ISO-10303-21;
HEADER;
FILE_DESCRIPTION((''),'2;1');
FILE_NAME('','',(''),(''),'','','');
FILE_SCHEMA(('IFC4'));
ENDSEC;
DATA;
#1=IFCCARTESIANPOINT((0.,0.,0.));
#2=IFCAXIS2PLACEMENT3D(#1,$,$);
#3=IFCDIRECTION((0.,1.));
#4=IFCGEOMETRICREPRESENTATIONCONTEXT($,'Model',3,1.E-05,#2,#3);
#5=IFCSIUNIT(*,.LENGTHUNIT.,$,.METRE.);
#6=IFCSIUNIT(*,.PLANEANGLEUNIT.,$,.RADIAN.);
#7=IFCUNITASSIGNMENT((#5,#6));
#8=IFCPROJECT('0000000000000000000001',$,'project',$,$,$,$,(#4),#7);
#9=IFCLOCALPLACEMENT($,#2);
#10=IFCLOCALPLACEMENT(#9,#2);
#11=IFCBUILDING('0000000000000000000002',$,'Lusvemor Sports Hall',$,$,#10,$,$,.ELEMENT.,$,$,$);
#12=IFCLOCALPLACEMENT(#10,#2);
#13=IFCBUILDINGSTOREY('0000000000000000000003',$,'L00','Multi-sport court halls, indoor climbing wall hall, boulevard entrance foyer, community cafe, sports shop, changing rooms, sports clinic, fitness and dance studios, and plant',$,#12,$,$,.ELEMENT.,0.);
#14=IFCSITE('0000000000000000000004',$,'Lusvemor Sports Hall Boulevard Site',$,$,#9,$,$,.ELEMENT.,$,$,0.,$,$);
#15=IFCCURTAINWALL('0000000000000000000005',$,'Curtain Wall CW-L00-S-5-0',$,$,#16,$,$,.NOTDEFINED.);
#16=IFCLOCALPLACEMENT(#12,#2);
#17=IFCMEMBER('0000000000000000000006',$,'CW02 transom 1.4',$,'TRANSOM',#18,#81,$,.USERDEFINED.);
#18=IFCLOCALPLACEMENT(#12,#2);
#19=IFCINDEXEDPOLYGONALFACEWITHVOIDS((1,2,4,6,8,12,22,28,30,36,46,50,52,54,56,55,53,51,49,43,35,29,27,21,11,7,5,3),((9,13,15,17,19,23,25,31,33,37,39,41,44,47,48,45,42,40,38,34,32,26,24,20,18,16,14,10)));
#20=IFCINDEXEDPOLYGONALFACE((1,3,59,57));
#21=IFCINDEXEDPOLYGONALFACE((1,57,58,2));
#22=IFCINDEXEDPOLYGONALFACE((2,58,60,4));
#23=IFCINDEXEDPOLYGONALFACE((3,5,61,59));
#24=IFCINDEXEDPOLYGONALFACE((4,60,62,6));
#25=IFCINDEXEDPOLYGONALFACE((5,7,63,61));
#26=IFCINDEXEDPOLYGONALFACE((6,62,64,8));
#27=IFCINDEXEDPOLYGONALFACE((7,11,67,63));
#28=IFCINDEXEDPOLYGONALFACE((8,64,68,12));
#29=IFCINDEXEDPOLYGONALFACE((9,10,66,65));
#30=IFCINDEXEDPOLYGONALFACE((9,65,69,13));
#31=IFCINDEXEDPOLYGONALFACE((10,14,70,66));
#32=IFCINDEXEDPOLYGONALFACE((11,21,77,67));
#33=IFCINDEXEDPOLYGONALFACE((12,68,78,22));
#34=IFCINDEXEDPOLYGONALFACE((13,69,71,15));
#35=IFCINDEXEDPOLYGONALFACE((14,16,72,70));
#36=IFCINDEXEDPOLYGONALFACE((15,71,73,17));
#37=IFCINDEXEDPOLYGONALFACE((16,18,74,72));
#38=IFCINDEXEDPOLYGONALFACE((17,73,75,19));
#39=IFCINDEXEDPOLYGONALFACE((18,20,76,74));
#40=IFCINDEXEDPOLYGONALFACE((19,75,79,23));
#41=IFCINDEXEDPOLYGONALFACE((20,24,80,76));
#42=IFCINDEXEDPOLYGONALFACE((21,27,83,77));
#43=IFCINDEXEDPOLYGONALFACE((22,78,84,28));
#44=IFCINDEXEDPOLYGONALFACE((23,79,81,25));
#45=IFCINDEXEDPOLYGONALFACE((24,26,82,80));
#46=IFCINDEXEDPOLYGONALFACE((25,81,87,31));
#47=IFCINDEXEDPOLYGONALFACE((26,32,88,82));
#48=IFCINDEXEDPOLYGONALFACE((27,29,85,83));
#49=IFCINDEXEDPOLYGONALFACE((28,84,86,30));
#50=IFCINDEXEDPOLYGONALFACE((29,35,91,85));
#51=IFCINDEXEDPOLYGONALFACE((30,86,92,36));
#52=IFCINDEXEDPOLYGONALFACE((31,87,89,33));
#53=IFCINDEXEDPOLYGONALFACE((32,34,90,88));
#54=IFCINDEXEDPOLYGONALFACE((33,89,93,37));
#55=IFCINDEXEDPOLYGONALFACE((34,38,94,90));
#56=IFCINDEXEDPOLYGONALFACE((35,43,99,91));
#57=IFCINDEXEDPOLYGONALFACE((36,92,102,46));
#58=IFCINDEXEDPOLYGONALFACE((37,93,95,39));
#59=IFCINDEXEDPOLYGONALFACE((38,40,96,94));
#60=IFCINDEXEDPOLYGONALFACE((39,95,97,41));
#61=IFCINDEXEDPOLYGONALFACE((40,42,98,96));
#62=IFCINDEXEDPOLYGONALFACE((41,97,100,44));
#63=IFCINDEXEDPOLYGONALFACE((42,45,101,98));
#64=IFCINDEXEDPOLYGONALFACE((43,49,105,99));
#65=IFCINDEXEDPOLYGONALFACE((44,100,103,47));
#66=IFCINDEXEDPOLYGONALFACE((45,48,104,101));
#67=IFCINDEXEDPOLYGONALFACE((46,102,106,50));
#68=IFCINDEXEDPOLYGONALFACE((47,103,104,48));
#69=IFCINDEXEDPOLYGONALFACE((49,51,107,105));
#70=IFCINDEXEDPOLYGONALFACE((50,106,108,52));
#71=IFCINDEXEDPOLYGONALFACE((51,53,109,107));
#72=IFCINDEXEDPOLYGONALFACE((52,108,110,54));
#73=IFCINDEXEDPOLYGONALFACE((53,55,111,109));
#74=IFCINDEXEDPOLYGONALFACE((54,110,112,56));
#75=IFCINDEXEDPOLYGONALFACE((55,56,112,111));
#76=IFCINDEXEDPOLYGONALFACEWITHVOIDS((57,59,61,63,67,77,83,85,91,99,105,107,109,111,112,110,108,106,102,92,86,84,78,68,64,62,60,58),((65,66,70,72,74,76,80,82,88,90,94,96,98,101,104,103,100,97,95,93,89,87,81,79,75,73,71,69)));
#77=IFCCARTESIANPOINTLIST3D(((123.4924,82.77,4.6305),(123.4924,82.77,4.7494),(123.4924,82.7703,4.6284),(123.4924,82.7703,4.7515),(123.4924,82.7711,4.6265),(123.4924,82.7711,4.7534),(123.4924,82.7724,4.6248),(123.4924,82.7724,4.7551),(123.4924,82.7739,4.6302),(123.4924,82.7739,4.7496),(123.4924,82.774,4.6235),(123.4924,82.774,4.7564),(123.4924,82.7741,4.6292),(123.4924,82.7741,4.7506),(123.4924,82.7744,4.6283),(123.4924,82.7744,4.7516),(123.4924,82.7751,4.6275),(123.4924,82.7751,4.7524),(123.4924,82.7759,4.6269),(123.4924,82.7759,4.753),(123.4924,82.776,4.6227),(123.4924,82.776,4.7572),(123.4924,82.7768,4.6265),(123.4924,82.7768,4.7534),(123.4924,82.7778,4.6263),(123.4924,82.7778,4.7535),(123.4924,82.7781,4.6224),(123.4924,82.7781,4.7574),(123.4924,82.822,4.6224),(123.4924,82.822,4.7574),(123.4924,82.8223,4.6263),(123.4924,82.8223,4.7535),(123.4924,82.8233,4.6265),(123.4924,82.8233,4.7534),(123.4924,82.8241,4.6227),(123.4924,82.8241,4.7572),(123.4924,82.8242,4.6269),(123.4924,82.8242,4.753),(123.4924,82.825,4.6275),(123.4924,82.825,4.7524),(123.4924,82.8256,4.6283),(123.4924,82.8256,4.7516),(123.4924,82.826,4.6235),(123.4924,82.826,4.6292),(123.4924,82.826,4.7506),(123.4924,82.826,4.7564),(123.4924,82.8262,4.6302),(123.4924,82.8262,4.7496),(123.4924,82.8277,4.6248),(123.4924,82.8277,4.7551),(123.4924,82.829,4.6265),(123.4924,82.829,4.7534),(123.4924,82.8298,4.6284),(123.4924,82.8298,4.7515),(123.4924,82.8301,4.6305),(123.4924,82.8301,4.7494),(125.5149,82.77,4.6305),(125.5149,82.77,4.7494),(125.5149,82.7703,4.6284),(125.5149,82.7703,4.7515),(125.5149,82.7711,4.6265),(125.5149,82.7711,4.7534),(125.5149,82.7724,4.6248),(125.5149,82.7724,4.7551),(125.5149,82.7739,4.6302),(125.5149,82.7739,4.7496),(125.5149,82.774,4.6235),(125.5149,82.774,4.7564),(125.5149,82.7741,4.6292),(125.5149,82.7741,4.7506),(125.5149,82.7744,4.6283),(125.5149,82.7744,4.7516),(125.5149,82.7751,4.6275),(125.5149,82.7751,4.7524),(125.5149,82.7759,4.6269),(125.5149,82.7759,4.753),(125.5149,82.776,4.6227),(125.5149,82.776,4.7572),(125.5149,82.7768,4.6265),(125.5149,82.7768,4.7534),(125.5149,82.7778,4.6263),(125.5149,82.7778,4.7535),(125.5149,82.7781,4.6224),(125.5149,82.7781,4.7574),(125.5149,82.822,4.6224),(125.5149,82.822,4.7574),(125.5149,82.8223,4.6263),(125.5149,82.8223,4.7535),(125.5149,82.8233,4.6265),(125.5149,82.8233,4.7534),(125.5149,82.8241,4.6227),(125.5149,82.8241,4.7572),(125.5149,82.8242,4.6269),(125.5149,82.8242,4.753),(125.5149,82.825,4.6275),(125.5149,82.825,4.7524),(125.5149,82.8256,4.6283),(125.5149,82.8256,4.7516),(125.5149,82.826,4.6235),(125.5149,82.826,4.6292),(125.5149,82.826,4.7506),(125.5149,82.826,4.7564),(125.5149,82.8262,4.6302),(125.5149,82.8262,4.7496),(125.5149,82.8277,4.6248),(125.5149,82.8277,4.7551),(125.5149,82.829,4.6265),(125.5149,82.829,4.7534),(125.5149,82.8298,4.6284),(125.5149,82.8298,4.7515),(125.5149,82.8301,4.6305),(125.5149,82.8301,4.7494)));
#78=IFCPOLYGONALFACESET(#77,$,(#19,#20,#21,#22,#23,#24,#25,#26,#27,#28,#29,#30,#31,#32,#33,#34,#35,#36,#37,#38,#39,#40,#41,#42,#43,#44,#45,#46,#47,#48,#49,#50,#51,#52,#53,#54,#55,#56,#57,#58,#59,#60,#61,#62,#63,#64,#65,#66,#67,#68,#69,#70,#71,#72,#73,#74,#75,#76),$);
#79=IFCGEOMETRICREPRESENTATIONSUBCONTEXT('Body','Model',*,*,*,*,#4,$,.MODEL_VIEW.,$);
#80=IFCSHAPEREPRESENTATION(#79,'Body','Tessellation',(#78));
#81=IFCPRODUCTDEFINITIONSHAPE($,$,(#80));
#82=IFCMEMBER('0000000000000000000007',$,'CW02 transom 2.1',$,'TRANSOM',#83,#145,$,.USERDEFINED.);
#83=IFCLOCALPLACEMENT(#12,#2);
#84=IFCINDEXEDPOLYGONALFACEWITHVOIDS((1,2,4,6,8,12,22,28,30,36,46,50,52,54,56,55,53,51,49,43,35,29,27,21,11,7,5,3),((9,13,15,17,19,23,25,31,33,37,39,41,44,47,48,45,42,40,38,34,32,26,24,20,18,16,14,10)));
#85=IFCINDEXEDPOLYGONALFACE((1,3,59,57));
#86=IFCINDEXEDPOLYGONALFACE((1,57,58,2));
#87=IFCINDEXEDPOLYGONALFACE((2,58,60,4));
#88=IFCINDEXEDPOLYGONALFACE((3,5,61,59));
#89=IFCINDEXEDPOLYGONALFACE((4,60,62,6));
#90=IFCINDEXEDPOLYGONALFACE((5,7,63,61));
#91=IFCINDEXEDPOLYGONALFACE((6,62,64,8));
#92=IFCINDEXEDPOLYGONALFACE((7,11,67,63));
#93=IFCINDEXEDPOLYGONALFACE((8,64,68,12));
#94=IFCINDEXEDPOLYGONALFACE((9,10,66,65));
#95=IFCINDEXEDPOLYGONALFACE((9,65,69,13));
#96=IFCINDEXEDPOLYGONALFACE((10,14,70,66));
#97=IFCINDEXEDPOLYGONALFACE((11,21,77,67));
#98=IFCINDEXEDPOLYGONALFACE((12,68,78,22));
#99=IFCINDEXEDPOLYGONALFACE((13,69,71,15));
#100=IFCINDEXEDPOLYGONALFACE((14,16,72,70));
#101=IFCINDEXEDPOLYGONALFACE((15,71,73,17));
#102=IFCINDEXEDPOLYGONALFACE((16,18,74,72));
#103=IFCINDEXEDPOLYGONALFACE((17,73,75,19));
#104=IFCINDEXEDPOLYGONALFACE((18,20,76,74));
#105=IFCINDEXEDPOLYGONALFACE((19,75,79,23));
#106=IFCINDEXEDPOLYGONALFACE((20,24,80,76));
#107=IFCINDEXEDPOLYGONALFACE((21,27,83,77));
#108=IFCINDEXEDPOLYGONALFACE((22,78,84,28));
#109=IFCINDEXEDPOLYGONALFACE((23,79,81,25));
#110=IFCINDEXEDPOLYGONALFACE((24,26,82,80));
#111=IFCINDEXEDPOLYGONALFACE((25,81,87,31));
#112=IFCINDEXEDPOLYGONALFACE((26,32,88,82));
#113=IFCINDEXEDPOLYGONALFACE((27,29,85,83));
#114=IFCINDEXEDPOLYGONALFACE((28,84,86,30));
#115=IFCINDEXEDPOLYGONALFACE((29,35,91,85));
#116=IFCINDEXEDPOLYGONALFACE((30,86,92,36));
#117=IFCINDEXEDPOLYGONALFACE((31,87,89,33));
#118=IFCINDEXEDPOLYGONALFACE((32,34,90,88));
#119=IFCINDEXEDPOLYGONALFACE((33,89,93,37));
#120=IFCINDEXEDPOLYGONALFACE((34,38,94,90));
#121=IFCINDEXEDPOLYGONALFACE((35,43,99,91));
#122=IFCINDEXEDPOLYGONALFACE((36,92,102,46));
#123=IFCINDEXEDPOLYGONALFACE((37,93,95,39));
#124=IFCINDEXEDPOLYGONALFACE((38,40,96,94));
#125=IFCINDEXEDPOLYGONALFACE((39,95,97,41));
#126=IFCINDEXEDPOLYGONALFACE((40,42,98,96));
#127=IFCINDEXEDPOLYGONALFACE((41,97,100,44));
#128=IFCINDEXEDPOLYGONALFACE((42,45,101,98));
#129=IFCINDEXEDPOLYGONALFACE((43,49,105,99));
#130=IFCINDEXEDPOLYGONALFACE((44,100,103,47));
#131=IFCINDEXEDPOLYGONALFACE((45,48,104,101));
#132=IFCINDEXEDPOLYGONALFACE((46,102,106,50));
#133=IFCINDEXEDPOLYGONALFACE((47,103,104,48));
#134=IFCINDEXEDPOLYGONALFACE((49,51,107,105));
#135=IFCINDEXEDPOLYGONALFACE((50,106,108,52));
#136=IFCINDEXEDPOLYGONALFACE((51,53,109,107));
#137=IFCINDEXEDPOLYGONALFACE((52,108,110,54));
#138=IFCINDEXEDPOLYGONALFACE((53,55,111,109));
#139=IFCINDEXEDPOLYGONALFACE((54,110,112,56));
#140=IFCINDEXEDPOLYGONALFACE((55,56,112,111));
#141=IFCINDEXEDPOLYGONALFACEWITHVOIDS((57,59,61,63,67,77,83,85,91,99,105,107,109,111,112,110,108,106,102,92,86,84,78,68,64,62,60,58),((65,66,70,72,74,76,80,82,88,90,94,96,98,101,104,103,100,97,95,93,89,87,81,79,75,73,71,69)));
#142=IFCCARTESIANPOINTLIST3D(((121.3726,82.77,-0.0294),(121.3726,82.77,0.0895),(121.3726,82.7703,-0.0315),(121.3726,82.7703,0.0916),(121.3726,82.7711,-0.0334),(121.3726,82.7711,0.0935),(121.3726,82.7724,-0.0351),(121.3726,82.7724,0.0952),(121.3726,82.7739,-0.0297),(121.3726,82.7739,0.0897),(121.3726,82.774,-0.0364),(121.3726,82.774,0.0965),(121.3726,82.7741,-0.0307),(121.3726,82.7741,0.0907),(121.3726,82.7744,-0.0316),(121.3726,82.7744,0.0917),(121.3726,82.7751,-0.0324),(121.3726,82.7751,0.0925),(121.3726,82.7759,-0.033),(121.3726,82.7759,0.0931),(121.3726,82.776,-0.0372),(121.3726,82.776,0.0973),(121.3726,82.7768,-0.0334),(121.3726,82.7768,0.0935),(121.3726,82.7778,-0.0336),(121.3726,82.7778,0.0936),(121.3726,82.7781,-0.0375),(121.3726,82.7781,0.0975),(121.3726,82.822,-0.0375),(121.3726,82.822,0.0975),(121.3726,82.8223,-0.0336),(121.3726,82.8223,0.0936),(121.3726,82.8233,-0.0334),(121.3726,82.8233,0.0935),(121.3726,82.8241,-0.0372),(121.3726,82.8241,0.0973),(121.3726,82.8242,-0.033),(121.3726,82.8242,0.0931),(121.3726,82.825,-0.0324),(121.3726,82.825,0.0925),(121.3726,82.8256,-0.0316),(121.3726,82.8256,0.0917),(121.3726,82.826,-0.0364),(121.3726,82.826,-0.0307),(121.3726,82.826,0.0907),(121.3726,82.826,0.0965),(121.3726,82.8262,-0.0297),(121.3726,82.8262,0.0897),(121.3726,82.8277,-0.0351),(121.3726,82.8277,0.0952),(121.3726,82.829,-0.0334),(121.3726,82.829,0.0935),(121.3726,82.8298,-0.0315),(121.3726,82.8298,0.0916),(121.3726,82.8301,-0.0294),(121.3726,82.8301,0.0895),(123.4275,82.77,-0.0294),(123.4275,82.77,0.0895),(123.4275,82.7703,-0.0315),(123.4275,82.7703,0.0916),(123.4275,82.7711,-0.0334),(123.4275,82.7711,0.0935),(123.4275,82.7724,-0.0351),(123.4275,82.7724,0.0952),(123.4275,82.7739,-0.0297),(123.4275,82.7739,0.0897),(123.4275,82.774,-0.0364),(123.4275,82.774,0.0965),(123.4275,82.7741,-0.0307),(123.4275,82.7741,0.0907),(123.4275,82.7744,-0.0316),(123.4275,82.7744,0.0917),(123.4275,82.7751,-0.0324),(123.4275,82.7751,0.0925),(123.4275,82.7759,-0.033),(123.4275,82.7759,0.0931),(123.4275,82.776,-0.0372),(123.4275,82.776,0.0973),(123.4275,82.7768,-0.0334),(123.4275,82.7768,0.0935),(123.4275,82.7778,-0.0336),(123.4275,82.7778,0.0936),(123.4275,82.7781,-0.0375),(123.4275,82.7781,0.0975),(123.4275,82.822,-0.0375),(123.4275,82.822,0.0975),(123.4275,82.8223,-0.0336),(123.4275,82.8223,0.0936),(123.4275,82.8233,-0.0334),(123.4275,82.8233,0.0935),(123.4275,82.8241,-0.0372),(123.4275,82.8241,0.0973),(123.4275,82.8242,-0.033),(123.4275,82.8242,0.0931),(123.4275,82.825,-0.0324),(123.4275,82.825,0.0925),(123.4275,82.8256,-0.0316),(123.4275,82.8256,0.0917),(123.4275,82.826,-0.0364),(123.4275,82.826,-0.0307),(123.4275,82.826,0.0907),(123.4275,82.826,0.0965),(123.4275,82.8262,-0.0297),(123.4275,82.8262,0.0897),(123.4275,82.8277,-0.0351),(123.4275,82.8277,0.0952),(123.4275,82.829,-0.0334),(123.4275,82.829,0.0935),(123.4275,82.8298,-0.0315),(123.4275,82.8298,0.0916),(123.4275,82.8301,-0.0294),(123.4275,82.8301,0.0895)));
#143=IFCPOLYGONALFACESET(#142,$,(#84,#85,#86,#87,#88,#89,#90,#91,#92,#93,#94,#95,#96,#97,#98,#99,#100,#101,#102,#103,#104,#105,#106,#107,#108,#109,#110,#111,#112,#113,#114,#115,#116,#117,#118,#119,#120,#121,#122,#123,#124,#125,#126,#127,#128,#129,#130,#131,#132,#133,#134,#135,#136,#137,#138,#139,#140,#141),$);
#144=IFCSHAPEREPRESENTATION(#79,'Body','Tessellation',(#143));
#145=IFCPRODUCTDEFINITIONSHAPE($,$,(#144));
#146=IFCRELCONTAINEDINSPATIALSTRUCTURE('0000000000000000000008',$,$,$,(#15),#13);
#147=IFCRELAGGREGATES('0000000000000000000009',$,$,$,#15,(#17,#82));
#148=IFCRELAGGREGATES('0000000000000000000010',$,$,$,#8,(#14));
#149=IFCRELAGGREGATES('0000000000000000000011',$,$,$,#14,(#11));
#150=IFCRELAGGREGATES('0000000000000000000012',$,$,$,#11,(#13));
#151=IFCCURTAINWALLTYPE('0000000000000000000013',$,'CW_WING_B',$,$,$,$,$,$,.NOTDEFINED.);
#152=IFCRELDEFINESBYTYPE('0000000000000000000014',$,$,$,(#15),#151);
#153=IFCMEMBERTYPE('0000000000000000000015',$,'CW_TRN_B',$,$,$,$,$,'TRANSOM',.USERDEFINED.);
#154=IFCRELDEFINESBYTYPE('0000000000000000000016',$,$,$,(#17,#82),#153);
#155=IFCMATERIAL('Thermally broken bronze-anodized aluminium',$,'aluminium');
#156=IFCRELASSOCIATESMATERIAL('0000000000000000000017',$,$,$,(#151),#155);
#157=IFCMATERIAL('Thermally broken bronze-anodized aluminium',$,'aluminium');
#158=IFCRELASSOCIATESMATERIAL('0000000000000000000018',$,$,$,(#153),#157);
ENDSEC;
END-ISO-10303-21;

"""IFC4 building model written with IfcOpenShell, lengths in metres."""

from ifc_helpers import new_model, si_unit, direction, frame, origin, origin_2d, place, context, subcontext, project, spatial, hollow_rectangle, extrude, material, material_profile, profile_set, type_object, element, aggregate, save


model = new_model("IFC4")

# Units and contexts
model_context = context("Model", 3, precision=1e-05, world=origin(), true_north=direction((0.0, 1.0)))
body_context = subcontext(model_context, "Body", "Model", "MODEL_VIEW")
ifc_project = project(units=[si_unit("LENGTHUNIT", "METRE"), si_unit("PLANEANGLEUNIT", "RADIAN")], contexts=[model_context])

# Site, building, storey
site_placement = place(None, origin())
site = spatial("IfcSite", under=ifc_project, at=site_placement, Name="Lusvemor Sports Hall Boulevard Site", CompositionType="ELEMENT", RefElevation=0.0)
building_placement = place(site_placement, origin())
building = spatial("IfcBuilding", under=site, at=building_placement, Name="Lusvemor Sports Hall", CompositionType="ELEMENT")
storey_placement = place(building_placement, origin())
storey = spatial("IfcBuildingStorey", under=building, at=storey_placement, Name="L00", Description="Multi-sport court halls, indoor climbing wall hall, boulevard entrance foyer, community cafe, sports shop, changing rooms, sports clinic, fitness and dance studios, and plant", CompositionType="ELEMENT", Elevation=0.0)

# Curtain wall, members
ifc_material_1 = material(Name="Thermally broken bronze-anodized aluminium", Category="aluminium")
curtain_wall_type = type_object("IfcCurtainWallType", Name="CW_WING_B", PredefinedType="NOTDEFINED", material=ifc_material_1)
curtain_wall_placement = place(storey_placement, origin())
curtain_wall = element("IfcCurtainWall", 1, at=curtain_wall_placement, inside=storey, type_object=curtain_wall_type, Name="Curtain Wall CW-L00-S-5-0", PredefinedType="NOTDEFINED")
ifc_material_2 = material(Name="Thermally broken bronze-anodized aluminium", Category="aluminium")
ifc_material_profile_1 = material_profile(ifc_material_2, hollow_rectangle(XDim=0.0601, YDim=0.135, WallThickness=0.0039, InnerFilletRadius=0.0039, OuterFilletRadius=0.0081, at=origin_2d()), Name="CWTRN135x60x4")
ifc_profile_set_1 = profile_set([ifc_material_profile_1], Name="Thermally broken bronze-anodized aluminium")
member_type_1 = type_object("IfcMemberType", Name="CW_TRN_B", ElementType="TRANSOM", PredefinedType="USERDEFINED", material=ifc_profile_set_1)
member_1_placement = place(storey_placement, frame((125.5149, 82.8, 4.6899), z_axis=(-1.0, 0.0, 0.0), x_axis=(0.0, -1.0, 0.0)))
member_1 = element("IfcMember", 2, at=member_1_placement, type_object=member_type_1, Name="CW02 transom 1.4", ObjectType="TRANSOM", PredefinedType="USERDEFINED", context=body_context, shape_type="SweptSolid", body=[
    extrude(hollow_rectangle(XDim=0.0601, YDim=0.135, WallThickness=0.0039, InnerFilletRadius=0.0039, OuterFilletRadius=0.0081, at=origin_2d()), origin(), (0.0, 0.0, 1.0), 2.0225),
])
member_2_placement = place(storey_placement, frame((123.4275, 82.8, 0.03), z_axis=(-1.0, 0.0, 0.0), x_axis=(0.0, -1.0, 0.0)))
member_2 = element("IfcMember", 3, at=member_2_placement, type_object=member_type_1, Name="CW02 transom 2.1", ObjectType="TRANSOM", PredefinedType="USERDEFINED", context=body_context, shape_type="SweptSolid", body=[
    extrude(hollow_rectangle(XDim=0.0601, YDim=0.135, WallThickness=0.0039, InnerFilletRadius=0.0039, OuterFilletRadius=0.0081, at=origin_2d()), origin(), (0.0, 0.0, 1.0), 2.0549),
])
aggregate(curtain_wall, [member_1, member_2])

save(model, "model.ifc")
